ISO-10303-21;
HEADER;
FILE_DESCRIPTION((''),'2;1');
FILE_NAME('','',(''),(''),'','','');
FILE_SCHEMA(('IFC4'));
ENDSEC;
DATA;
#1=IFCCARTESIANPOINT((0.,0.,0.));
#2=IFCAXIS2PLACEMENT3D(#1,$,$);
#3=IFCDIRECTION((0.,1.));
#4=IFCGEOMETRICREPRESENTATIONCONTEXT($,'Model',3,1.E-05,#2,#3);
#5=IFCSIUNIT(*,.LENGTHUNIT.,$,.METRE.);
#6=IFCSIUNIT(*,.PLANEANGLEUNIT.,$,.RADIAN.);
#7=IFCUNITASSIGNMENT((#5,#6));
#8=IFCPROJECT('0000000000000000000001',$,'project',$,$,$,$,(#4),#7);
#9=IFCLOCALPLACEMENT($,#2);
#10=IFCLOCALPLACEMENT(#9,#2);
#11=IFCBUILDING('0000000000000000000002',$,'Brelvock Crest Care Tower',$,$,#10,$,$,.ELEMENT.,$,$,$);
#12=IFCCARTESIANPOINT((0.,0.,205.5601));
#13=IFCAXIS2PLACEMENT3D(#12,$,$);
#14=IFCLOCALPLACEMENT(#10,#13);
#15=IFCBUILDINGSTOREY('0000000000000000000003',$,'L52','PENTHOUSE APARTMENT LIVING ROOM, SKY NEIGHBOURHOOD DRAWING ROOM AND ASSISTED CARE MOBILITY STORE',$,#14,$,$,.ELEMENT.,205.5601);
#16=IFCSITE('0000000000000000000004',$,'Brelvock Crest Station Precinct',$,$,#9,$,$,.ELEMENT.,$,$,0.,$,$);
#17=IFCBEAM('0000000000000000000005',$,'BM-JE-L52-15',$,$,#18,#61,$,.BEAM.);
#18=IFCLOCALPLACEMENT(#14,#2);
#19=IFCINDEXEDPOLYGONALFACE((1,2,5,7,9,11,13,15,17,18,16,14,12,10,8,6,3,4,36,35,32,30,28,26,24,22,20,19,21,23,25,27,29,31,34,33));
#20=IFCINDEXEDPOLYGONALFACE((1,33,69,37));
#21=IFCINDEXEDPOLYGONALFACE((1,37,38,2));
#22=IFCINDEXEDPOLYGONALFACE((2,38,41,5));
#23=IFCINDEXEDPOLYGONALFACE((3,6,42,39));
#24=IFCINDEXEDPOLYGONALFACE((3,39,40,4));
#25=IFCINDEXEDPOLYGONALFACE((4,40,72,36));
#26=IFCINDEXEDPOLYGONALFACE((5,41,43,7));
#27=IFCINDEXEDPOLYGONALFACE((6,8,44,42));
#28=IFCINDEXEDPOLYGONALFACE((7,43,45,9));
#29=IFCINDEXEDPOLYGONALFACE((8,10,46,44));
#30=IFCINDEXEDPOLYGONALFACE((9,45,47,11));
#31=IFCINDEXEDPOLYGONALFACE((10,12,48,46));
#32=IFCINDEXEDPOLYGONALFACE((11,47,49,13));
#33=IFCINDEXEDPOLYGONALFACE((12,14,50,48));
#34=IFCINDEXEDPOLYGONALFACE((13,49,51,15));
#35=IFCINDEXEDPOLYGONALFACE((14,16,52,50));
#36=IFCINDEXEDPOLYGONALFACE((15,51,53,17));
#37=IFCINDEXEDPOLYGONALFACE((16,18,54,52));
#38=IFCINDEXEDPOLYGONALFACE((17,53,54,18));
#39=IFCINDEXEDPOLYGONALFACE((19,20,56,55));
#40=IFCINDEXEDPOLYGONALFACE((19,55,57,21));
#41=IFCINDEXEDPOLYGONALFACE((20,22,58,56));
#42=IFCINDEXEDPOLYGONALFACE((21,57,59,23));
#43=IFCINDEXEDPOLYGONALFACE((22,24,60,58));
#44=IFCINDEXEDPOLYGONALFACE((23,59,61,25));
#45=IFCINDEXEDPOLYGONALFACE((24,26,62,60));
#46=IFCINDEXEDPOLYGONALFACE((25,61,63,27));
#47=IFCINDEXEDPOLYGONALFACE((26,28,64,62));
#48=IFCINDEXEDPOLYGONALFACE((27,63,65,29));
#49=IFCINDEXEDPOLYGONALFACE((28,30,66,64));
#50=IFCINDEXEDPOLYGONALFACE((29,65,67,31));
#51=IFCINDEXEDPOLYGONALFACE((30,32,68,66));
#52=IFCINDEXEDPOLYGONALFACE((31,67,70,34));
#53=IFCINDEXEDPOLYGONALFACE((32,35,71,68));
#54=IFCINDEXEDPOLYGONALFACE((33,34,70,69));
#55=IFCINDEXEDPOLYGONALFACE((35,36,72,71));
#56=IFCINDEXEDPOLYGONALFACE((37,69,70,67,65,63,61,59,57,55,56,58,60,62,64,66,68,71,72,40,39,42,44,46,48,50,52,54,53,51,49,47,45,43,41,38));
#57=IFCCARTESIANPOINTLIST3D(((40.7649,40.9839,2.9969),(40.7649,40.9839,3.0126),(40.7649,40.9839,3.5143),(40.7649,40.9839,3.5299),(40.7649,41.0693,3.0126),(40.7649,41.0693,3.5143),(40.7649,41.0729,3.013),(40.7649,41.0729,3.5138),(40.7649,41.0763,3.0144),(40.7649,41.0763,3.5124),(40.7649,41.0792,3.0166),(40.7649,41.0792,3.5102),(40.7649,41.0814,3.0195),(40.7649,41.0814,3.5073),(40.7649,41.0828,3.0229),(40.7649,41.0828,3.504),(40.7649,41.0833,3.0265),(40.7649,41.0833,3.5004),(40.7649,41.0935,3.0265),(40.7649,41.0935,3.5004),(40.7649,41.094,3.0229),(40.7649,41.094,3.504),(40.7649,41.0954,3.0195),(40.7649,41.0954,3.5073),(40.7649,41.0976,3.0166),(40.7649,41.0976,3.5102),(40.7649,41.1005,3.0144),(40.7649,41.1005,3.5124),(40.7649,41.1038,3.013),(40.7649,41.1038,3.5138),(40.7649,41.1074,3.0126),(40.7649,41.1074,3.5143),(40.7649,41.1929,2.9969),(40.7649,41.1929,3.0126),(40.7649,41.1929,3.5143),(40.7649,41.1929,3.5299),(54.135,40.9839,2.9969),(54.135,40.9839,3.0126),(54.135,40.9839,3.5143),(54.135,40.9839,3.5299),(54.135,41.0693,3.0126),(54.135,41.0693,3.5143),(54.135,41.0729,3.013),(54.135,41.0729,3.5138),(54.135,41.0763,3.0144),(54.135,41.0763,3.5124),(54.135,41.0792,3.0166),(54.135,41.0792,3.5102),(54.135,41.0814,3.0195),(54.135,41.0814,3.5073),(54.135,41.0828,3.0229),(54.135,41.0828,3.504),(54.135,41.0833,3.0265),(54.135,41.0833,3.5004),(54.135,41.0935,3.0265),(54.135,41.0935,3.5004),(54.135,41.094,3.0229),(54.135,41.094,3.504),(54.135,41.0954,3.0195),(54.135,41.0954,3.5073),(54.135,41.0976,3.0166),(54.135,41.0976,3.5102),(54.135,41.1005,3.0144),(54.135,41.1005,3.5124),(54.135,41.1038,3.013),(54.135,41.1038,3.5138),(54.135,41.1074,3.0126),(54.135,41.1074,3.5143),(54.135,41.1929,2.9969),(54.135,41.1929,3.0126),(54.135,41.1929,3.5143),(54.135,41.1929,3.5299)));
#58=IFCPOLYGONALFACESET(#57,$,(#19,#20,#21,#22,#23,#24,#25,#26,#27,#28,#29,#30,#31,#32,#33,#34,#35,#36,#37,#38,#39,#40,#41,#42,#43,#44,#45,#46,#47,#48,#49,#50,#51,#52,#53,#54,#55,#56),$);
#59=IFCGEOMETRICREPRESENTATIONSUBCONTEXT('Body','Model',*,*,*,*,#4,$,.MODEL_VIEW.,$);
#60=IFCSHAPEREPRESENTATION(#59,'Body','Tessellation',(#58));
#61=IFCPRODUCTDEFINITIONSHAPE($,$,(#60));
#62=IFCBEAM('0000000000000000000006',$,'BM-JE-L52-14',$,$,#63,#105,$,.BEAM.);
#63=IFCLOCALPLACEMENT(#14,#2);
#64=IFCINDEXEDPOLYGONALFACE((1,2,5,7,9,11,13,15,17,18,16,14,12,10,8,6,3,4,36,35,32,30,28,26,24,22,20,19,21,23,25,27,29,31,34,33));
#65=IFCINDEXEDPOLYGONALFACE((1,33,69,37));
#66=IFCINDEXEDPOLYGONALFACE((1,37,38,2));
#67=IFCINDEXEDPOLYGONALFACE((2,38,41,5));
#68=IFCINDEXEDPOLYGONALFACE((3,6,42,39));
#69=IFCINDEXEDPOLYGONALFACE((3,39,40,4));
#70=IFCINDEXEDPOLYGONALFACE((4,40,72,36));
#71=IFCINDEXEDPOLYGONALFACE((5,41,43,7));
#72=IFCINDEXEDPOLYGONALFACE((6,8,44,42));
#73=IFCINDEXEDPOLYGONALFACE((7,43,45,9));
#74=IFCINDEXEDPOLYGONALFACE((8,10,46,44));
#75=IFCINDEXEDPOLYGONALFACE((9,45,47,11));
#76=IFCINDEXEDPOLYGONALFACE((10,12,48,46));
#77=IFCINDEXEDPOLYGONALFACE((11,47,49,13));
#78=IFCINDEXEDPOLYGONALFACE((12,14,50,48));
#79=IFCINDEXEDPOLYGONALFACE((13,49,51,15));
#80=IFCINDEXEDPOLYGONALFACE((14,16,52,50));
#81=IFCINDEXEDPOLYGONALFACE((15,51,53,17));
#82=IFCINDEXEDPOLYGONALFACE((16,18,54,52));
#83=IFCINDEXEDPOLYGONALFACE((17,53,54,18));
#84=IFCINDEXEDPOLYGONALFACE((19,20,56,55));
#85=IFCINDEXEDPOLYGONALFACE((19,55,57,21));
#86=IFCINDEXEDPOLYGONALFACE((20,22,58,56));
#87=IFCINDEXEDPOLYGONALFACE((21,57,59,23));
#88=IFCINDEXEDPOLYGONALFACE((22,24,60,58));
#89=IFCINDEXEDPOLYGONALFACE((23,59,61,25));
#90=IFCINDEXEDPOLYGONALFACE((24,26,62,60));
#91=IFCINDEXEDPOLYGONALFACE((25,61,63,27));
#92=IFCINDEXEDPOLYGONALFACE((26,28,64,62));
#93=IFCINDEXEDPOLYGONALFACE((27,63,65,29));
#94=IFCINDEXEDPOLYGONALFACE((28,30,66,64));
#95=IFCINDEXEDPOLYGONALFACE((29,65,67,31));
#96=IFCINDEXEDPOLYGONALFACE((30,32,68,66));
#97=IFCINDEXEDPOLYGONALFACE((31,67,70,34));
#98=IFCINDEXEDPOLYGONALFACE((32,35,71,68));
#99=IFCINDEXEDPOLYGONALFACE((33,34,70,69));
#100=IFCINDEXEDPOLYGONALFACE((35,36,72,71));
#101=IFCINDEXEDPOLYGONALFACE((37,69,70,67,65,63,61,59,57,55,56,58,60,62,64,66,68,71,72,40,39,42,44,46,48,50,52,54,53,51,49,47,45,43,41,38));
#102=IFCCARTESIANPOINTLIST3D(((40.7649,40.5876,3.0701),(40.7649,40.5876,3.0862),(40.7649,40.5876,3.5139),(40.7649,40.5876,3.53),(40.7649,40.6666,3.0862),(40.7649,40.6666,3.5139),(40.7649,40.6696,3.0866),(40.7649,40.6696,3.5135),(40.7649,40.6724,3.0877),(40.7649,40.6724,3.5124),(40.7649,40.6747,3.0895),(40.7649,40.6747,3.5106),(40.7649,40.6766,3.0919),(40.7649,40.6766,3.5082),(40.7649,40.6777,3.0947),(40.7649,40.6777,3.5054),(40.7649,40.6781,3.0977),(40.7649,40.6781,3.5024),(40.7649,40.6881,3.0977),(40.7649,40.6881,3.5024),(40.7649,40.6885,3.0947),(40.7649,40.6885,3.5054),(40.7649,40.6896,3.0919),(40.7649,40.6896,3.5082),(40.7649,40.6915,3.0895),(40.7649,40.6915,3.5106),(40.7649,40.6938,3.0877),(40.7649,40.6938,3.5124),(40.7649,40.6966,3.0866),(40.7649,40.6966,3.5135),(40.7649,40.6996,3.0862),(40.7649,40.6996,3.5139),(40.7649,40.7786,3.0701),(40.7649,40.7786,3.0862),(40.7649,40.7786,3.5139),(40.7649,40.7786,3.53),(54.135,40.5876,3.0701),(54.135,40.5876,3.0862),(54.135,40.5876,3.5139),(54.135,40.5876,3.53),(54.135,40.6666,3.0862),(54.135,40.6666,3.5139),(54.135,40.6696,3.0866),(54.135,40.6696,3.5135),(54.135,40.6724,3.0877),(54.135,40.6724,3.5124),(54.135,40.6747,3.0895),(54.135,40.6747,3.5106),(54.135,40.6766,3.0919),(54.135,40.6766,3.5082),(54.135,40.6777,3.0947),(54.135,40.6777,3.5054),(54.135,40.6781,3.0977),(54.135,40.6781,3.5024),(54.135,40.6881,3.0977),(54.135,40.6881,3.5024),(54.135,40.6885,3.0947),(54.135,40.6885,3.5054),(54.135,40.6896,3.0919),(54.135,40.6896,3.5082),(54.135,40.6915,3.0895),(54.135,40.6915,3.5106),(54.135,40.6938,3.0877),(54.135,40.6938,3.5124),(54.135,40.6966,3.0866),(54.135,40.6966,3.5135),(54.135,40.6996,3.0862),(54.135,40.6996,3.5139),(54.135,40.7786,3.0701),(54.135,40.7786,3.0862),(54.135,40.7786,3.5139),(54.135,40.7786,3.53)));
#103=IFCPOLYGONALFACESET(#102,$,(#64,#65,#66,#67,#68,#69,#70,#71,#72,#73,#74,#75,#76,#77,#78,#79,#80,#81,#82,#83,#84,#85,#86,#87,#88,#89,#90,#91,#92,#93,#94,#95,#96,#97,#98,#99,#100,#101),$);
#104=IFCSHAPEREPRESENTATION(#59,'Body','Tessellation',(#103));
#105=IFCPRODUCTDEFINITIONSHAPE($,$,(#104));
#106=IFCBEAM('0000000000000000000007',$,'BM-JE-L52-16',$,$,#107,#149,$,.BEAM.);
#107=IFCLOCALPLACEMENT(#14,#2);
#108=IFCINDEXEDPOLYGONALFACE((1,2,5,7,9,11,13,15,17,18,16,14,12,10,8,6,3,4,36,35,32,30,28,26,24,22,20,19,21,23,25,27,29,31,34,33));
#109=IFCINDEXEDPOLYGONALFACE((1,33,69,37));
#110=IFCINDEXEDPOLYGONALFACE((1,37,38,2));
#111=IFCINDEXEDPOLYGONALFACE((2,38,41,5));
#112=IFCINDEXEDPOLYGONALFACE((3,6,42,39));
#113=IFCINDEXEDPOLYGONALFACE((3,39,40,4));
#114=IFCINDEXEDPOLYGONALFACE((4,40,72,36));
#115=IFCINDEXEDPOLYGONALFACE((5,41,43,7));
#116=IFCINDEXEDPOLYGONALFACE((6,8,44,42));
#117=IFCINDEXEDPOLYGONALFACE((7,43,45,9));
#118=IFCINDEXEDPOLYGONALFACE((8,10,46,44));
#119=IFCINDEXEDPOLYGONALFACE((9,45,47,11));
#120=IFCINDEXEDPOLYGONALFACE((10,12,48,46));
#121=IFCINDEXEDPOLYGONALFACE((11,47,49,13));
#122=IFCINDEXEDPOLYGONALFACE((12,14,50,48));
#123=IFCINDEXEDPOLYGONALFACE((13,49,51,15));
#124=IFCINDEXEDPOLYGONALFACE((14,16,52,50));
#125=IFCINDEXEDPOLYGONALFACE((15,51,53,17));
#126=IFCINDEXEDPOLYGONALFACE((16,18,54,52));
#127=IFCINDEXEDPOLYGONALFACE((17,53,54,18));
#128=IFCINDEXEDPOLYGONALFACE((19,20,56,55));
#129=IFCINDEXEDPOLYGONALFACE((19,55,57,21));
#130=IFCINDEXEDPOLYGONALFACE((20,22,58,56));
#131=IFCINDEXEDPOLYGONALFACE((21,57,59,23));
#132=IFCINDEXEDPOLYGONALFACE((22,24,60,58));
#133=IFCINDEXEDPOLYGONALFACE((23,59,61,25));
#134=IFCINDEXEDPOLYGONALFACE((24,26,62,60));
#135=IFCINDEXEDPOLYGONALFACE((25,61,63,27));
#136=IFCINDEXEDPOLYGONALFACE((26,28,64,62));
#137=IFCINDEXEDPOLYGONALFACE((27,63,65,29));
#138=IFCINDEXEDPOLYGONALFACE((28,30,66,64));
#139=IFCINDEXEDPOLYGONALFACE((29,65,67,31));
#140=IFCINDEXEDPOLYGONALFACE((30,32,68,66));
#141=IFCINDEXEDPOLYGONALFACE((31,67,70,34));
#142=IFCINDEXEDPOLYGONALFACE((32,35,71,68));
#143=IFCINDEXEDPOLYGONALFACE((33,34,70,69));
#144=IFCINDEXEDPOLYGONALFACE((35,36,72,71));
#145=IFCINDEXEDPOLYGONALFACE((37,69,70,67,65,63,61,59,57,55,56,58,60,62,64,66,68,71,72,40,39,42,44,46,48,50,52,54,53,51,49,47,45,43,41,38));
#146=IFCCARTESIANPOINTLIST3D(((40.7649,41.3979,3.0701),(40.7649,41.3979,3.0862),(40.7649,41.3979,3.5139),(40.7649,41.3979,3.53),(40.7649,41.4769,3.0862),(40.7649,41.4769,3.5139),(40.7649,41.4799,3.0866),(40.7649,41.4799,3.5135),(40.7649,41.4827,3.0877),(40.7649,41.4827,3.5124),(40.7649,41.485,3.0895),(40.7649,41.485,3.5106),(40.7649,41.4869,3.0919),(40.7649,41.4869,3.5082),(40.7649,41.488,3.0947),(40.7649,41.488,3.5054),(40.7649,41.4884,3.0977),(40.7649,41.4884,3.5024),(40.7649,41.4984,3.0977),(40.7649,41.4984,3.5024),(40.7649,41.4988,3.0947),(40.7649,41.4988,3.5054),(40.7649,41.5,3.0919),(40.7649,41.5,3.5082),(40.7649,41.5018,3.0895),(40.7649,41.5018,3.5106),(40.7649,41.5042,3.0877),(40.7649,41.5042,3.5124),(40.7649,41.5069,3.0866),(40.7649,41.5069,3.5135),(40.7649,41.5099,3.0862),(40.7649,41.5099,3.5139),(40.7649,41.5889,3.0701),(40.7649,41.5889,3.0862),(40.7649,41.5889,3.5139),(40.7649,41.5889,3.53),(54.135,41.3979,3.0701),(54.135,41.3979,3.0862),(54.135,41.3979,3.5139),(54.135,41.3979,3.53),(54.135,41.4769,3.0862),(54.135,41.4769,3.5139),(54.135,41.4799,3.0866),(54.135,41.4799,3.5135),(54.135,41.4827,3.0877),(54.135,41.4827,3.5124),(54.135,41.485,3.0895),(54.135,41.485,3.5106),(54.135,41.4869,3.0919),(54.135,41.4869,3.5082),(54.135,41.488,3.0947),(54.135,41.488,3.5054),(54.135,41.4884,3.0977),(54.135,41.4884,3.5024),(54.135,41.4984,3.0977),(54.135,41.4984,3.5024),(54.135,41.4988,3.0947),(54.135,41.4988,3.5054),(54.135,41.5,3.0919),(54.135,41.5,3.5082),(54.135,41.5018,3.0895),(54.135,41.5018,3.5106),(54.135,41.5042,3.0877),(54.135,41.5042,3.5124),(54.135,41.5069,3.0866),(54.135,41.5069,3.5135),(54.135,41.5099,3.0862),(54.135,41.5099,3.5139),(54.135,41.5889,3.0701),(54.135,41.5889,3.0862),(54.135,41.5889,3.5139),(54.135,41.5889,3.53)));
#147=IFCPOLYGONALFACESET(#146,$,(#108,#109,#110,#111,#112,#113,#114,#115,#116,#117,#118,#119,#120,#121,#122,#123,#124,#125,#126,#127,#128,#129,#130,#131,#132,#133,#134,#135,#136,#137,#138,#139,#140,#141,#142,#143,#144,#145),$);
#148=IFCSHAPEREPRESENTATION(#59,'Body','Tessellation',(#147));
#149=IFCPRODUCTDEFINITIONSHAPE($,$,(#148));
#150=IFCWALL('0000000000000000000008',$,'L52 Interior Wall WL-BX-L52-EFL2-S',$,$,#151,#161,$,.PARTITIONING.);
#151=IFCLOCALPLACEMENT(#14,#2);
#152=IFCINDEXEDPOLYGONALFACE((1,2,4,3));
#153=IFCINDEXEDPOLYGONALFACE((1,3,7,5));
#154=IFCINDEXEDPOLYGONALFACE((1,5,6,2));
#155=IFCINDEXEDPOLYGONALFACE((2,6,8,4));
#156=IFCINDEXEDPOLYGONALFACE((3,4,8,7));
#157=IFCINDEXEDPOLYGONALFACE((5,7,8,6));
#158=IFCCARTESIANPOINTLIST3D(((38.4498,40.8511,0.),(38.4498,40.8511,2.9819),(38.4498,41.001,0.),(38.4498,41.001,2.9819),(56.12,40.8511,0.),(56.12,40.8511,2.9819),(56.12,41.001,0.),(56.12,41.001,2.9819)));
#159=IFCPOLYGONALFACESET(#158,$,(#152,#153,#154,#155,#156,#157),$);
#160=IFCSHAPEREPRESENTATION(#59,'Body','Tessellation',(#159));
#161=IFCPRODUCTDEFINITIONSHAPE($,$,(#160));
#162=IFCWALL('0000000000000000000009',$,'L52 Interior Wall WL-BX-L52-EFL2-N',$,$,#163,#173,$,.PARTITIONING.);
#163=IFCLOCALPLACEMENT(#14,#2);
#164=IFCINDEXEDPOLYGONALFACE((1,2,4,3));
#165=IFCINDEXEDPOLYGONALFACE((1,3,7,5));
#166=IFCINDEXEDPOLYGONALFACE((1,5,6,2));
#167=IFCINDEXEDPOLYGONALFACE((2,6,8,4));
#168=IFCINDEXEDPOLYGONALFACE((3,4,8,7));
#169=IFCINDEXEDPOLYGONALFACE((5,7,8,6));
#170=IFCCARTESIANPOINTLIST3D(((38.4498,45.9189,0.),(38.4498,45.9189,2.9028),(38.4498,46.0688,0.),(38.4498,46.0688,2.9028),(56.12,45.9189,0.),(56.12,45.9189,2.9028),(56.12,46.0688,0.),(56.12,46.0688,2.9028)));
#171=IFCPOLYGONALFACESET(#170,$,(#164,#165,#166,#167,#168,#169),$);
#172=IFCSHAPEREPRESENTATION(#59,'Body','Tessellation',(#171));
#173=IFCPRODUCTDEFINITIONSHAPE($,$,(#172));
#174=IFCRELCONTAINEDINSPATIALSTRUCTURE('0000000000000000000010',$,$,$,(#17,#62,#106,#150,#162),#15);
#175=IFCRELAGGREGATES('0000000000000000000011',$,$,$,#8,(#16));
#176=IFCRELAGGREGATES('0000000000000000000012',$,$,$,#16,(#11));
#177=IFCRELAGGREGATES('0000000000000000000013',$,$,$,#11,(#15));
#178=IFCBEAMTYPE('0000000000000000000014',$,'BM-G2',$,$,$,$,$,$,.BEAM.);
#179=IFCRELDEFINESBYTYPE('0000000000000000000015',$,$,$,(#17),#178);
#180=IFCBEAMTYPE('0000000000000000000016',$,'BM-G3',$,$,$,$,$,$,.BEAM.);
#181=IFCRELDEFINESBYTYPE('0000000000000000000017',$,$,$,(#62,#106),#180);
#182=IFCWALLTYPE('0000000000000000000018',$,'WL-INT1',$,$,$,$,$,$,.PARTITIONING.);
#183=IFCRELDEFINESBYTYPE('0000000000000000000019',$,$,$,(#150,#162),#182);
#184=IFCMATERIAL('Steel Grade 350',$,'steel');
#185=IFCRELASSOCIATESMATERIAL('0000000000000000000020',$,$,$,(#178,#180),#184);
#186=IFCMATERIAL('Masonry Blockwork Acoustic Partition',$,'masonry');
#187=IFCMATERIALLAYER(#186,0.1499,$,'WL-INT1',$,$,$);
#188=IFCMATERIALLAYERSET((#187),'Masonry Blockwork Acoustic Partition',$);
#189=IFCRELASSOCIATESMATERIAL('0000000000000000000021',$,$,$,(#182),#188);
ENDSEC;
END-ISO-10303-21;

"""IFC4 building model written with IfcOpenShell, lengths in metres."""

from ifc_helpers import new_model, si_unit, direction, frame, frame_2d, origin, origin_2d, place, context, subcontext, project, spatial, rectangle, i_section, extrude, source, transform, mapped, material, layer, layer_set, material_profile, profile_set, type_object, element, save


model = new_model("IFC4")

# Units and contexts
model_context = context("Model", 3, precision=1e-05, world=origin(), true_north=direction((0.0, 1.0)))
body_context = subcontext(model_context, "Body", "Model", "MODEL_VIEW")
ifc_project = project(units=[si_unit("LENGTHUNIT", "METRE"), si_unit("PLANEANGLEUNIT", "RADIAN")], contexts=[model_context])

# Site, building, storey
site_placement = place(None, origin())
site = spatial("IfcSite", under=ifc_project, at=site_placement, Name="Brelvock Crest Station Precinct", CompositionType="ELEMENT", RefElevation=0.0)
building_placement = place(site_placement, origin())
building = spatial("IfcBuilding", under=site, at=building_placement, Name="Brelvock Crest Care Tower", CompositionType="ELEMENT")
storey_placement = place(building_placement, frame((0.0, 0.0, 205.5601)))
storey = spatial("IfcBuildingStorey", under=building, at=storey_placement, Name="L52", Description="PENTHOUSE APARTMENT LIVING ROOM, SKY NEIGHBOURHOOD DRAWING ROOM AND ASSISTED CARE MOBILITY STORE", CompositionType="ELEMENT", Elevation=205.5601)

# Beams
ifc_material_1 = material(Name="Steel Grade 350", Category="steel")
ifc_material_profile_1 = material_profile(ifc_material_1, i_section(OverallWidth=0.209, OverallDepth=0.533, WebThickness=0.0103, FlangeThickness=0.0156, FilletRadius=0.0139, at=origin_2d()), Name="530UB92.4")
ifc_profile_set_1 = profile_set([ifc_material_profile_1], Name="Steel Grade 350")
beam_type_1 = type_object("IfcBeamType", Name="BM-G2", PredefinedType="BEAM", material=ifc_profile_set_1)
shared_shape_1 = source(origin(), body_context, "Body", "SweptSolid", [
    extrude(i_section(OverallWidth=0.209, OverallDepth=0.533, WebThickness=0.0103, FlangeThickness=0.0156, FilletRadius=0.0139, at=origin_2d()), origin(), (0.0, 0.0, 1.0), 13.3701),
])
beam_placement = place(storey_placement, frame((40.7649, 41.0884, 3.2634), z_axis=(1.0, 0.0, 0.0), x_axis=(0.0, 1.0, 0.0)))
element("IfcBeam", 1, at=beam_placement, inside=storey, type_object=beam_type_1, Name="BM-JE-L52-15", PredefinedType="BEAM", context=body_context, shape_type="MappedRepresentation", body=[
    mapped(shared_shape_1, transform((0.0, 0.0, 0.0), x_axis=(1.0, 0.0, 0.0), y_axis=(0.0, 1.0, 0.0), z_axis=(0.0, 0.0, 1.0), scale=1.0)),
])
ifc_material_profile_2 = material_profile(ifc_material_1, i_section(OverallWidth=0.1909, OverallDepth=0.46, WebThickness=0.01, FlangeThickness=0.0161, FilletRadius=0.0115, at=origin_2d()), Name="460UB82.1")
ifc_profile_set_2 = profile_set([ifc_material_profile_2], Name="Steel Grade 350")
beam_type_2 = type_object("IfcBeamType", Name="BM-G3", PredefinedType="BEAM", material=ifc_profile_set_2)
shared_shape_2 = source(origin(), body_context, "Body", "SweptSolid", [
    extrude(i_section(OverallWidth=0.1909, OverallDepth=0.46, WebThickness=0.01, FlangeThickness=0.0161, FilletRadius=0.0115, at=origin_2d()), origin(), (0.0, 0.0, 1.0), 13.3701),
])
for number, where, z_axis, x_axis, name in (
    (2, (40.7649, 40.6831, 3.3), (1.0, 0.0, 0.0), (0.0, 1.0, 0.0), "BM-JE-L52-14"),
    (3, (40.7649, 41.4934, 3.3), (1.0, 0.0, 0.0), (0.0, 1.0, 0.0), "BM-JE-L52-16"),
):
    element("IfcBeam", number, at=place(storey_placement, frame(where, z_axis=z_axis, x_axis=x_axis)), inside=storey, type_object=beam_type_2, Name=name, PredefinedType="BEAM", context=body_context, shape_type="MappedRepresentation", body=[
        mapped(shared_shape_2, transform((0.0, 0.0, 0.0), x_axis=(1.0, 0.0, 0.0), y_axis=(0.0, 1.0, 0.0), z_axis=(0.0, 0.0, 1.0), scale=1.0)),
    ])

# Walls
ifc_material_2 = material(Name="Masonry Blockwork Acoustic Partition", Category="masonry")
ifc_layer_1 = layer(ifc_material_2, 0.1499, Name="WL-INT1")
ifc_layer_set_1 = layer_set([ifc_layer_1], Name="Masonry Blockwork Acoustic Partition")
wall_type_1 = type_object("IfcWallType", Name="WL-INT1", PredefinedType="PARTITIONING", material=ifc_layer_set_1)
wall_1_placement = place(storey_placement, frame((38.45, 40.926, 0.0), z_axis=(0.0, 0.0, 1.0), x_axis=(1.0, 0.0, 0.0)))
element("IfcWall", 4, at=wall_1_placement, inside=storey, type_object=wall_type_1, Name="L52 Interior Wall WL-BX-L52-EFL2-S", PredefinedType="PARTITIONING", context=body_context, shape_type="SweptSolid", body=[
    extrude(rectangle(XDim=17.6702, YDim=0.1499, at=frame_2d((8.835, 0.0))), origin(), (0.0, 0.0, 1.0), 2.9819),
])
wall_2_placement = place(storey_placement, frame((38.45, 45.9939, 0.0), z_axis=(0.0, 0.0, 1.0), x_axis=(1.0, 0.0, 0.0)))
element("IfcWall", 5, at=wall_2_placement, inside=storey, type_object=wall_type_1, Name="L52 Interior Wall WL-BX-L52-EFL2-N", PredefinedType="PARTITIONING", context=body_context, shape_type="SweptSolid", body=[
    extrude(rectangle(XDim=17.6702, YDim=0.1499, at=frame_2d((8.835, 0.0))), origin(), (0.0, 0.0, 1.0), 2.9028),
])

save(model, "model.ifc")
